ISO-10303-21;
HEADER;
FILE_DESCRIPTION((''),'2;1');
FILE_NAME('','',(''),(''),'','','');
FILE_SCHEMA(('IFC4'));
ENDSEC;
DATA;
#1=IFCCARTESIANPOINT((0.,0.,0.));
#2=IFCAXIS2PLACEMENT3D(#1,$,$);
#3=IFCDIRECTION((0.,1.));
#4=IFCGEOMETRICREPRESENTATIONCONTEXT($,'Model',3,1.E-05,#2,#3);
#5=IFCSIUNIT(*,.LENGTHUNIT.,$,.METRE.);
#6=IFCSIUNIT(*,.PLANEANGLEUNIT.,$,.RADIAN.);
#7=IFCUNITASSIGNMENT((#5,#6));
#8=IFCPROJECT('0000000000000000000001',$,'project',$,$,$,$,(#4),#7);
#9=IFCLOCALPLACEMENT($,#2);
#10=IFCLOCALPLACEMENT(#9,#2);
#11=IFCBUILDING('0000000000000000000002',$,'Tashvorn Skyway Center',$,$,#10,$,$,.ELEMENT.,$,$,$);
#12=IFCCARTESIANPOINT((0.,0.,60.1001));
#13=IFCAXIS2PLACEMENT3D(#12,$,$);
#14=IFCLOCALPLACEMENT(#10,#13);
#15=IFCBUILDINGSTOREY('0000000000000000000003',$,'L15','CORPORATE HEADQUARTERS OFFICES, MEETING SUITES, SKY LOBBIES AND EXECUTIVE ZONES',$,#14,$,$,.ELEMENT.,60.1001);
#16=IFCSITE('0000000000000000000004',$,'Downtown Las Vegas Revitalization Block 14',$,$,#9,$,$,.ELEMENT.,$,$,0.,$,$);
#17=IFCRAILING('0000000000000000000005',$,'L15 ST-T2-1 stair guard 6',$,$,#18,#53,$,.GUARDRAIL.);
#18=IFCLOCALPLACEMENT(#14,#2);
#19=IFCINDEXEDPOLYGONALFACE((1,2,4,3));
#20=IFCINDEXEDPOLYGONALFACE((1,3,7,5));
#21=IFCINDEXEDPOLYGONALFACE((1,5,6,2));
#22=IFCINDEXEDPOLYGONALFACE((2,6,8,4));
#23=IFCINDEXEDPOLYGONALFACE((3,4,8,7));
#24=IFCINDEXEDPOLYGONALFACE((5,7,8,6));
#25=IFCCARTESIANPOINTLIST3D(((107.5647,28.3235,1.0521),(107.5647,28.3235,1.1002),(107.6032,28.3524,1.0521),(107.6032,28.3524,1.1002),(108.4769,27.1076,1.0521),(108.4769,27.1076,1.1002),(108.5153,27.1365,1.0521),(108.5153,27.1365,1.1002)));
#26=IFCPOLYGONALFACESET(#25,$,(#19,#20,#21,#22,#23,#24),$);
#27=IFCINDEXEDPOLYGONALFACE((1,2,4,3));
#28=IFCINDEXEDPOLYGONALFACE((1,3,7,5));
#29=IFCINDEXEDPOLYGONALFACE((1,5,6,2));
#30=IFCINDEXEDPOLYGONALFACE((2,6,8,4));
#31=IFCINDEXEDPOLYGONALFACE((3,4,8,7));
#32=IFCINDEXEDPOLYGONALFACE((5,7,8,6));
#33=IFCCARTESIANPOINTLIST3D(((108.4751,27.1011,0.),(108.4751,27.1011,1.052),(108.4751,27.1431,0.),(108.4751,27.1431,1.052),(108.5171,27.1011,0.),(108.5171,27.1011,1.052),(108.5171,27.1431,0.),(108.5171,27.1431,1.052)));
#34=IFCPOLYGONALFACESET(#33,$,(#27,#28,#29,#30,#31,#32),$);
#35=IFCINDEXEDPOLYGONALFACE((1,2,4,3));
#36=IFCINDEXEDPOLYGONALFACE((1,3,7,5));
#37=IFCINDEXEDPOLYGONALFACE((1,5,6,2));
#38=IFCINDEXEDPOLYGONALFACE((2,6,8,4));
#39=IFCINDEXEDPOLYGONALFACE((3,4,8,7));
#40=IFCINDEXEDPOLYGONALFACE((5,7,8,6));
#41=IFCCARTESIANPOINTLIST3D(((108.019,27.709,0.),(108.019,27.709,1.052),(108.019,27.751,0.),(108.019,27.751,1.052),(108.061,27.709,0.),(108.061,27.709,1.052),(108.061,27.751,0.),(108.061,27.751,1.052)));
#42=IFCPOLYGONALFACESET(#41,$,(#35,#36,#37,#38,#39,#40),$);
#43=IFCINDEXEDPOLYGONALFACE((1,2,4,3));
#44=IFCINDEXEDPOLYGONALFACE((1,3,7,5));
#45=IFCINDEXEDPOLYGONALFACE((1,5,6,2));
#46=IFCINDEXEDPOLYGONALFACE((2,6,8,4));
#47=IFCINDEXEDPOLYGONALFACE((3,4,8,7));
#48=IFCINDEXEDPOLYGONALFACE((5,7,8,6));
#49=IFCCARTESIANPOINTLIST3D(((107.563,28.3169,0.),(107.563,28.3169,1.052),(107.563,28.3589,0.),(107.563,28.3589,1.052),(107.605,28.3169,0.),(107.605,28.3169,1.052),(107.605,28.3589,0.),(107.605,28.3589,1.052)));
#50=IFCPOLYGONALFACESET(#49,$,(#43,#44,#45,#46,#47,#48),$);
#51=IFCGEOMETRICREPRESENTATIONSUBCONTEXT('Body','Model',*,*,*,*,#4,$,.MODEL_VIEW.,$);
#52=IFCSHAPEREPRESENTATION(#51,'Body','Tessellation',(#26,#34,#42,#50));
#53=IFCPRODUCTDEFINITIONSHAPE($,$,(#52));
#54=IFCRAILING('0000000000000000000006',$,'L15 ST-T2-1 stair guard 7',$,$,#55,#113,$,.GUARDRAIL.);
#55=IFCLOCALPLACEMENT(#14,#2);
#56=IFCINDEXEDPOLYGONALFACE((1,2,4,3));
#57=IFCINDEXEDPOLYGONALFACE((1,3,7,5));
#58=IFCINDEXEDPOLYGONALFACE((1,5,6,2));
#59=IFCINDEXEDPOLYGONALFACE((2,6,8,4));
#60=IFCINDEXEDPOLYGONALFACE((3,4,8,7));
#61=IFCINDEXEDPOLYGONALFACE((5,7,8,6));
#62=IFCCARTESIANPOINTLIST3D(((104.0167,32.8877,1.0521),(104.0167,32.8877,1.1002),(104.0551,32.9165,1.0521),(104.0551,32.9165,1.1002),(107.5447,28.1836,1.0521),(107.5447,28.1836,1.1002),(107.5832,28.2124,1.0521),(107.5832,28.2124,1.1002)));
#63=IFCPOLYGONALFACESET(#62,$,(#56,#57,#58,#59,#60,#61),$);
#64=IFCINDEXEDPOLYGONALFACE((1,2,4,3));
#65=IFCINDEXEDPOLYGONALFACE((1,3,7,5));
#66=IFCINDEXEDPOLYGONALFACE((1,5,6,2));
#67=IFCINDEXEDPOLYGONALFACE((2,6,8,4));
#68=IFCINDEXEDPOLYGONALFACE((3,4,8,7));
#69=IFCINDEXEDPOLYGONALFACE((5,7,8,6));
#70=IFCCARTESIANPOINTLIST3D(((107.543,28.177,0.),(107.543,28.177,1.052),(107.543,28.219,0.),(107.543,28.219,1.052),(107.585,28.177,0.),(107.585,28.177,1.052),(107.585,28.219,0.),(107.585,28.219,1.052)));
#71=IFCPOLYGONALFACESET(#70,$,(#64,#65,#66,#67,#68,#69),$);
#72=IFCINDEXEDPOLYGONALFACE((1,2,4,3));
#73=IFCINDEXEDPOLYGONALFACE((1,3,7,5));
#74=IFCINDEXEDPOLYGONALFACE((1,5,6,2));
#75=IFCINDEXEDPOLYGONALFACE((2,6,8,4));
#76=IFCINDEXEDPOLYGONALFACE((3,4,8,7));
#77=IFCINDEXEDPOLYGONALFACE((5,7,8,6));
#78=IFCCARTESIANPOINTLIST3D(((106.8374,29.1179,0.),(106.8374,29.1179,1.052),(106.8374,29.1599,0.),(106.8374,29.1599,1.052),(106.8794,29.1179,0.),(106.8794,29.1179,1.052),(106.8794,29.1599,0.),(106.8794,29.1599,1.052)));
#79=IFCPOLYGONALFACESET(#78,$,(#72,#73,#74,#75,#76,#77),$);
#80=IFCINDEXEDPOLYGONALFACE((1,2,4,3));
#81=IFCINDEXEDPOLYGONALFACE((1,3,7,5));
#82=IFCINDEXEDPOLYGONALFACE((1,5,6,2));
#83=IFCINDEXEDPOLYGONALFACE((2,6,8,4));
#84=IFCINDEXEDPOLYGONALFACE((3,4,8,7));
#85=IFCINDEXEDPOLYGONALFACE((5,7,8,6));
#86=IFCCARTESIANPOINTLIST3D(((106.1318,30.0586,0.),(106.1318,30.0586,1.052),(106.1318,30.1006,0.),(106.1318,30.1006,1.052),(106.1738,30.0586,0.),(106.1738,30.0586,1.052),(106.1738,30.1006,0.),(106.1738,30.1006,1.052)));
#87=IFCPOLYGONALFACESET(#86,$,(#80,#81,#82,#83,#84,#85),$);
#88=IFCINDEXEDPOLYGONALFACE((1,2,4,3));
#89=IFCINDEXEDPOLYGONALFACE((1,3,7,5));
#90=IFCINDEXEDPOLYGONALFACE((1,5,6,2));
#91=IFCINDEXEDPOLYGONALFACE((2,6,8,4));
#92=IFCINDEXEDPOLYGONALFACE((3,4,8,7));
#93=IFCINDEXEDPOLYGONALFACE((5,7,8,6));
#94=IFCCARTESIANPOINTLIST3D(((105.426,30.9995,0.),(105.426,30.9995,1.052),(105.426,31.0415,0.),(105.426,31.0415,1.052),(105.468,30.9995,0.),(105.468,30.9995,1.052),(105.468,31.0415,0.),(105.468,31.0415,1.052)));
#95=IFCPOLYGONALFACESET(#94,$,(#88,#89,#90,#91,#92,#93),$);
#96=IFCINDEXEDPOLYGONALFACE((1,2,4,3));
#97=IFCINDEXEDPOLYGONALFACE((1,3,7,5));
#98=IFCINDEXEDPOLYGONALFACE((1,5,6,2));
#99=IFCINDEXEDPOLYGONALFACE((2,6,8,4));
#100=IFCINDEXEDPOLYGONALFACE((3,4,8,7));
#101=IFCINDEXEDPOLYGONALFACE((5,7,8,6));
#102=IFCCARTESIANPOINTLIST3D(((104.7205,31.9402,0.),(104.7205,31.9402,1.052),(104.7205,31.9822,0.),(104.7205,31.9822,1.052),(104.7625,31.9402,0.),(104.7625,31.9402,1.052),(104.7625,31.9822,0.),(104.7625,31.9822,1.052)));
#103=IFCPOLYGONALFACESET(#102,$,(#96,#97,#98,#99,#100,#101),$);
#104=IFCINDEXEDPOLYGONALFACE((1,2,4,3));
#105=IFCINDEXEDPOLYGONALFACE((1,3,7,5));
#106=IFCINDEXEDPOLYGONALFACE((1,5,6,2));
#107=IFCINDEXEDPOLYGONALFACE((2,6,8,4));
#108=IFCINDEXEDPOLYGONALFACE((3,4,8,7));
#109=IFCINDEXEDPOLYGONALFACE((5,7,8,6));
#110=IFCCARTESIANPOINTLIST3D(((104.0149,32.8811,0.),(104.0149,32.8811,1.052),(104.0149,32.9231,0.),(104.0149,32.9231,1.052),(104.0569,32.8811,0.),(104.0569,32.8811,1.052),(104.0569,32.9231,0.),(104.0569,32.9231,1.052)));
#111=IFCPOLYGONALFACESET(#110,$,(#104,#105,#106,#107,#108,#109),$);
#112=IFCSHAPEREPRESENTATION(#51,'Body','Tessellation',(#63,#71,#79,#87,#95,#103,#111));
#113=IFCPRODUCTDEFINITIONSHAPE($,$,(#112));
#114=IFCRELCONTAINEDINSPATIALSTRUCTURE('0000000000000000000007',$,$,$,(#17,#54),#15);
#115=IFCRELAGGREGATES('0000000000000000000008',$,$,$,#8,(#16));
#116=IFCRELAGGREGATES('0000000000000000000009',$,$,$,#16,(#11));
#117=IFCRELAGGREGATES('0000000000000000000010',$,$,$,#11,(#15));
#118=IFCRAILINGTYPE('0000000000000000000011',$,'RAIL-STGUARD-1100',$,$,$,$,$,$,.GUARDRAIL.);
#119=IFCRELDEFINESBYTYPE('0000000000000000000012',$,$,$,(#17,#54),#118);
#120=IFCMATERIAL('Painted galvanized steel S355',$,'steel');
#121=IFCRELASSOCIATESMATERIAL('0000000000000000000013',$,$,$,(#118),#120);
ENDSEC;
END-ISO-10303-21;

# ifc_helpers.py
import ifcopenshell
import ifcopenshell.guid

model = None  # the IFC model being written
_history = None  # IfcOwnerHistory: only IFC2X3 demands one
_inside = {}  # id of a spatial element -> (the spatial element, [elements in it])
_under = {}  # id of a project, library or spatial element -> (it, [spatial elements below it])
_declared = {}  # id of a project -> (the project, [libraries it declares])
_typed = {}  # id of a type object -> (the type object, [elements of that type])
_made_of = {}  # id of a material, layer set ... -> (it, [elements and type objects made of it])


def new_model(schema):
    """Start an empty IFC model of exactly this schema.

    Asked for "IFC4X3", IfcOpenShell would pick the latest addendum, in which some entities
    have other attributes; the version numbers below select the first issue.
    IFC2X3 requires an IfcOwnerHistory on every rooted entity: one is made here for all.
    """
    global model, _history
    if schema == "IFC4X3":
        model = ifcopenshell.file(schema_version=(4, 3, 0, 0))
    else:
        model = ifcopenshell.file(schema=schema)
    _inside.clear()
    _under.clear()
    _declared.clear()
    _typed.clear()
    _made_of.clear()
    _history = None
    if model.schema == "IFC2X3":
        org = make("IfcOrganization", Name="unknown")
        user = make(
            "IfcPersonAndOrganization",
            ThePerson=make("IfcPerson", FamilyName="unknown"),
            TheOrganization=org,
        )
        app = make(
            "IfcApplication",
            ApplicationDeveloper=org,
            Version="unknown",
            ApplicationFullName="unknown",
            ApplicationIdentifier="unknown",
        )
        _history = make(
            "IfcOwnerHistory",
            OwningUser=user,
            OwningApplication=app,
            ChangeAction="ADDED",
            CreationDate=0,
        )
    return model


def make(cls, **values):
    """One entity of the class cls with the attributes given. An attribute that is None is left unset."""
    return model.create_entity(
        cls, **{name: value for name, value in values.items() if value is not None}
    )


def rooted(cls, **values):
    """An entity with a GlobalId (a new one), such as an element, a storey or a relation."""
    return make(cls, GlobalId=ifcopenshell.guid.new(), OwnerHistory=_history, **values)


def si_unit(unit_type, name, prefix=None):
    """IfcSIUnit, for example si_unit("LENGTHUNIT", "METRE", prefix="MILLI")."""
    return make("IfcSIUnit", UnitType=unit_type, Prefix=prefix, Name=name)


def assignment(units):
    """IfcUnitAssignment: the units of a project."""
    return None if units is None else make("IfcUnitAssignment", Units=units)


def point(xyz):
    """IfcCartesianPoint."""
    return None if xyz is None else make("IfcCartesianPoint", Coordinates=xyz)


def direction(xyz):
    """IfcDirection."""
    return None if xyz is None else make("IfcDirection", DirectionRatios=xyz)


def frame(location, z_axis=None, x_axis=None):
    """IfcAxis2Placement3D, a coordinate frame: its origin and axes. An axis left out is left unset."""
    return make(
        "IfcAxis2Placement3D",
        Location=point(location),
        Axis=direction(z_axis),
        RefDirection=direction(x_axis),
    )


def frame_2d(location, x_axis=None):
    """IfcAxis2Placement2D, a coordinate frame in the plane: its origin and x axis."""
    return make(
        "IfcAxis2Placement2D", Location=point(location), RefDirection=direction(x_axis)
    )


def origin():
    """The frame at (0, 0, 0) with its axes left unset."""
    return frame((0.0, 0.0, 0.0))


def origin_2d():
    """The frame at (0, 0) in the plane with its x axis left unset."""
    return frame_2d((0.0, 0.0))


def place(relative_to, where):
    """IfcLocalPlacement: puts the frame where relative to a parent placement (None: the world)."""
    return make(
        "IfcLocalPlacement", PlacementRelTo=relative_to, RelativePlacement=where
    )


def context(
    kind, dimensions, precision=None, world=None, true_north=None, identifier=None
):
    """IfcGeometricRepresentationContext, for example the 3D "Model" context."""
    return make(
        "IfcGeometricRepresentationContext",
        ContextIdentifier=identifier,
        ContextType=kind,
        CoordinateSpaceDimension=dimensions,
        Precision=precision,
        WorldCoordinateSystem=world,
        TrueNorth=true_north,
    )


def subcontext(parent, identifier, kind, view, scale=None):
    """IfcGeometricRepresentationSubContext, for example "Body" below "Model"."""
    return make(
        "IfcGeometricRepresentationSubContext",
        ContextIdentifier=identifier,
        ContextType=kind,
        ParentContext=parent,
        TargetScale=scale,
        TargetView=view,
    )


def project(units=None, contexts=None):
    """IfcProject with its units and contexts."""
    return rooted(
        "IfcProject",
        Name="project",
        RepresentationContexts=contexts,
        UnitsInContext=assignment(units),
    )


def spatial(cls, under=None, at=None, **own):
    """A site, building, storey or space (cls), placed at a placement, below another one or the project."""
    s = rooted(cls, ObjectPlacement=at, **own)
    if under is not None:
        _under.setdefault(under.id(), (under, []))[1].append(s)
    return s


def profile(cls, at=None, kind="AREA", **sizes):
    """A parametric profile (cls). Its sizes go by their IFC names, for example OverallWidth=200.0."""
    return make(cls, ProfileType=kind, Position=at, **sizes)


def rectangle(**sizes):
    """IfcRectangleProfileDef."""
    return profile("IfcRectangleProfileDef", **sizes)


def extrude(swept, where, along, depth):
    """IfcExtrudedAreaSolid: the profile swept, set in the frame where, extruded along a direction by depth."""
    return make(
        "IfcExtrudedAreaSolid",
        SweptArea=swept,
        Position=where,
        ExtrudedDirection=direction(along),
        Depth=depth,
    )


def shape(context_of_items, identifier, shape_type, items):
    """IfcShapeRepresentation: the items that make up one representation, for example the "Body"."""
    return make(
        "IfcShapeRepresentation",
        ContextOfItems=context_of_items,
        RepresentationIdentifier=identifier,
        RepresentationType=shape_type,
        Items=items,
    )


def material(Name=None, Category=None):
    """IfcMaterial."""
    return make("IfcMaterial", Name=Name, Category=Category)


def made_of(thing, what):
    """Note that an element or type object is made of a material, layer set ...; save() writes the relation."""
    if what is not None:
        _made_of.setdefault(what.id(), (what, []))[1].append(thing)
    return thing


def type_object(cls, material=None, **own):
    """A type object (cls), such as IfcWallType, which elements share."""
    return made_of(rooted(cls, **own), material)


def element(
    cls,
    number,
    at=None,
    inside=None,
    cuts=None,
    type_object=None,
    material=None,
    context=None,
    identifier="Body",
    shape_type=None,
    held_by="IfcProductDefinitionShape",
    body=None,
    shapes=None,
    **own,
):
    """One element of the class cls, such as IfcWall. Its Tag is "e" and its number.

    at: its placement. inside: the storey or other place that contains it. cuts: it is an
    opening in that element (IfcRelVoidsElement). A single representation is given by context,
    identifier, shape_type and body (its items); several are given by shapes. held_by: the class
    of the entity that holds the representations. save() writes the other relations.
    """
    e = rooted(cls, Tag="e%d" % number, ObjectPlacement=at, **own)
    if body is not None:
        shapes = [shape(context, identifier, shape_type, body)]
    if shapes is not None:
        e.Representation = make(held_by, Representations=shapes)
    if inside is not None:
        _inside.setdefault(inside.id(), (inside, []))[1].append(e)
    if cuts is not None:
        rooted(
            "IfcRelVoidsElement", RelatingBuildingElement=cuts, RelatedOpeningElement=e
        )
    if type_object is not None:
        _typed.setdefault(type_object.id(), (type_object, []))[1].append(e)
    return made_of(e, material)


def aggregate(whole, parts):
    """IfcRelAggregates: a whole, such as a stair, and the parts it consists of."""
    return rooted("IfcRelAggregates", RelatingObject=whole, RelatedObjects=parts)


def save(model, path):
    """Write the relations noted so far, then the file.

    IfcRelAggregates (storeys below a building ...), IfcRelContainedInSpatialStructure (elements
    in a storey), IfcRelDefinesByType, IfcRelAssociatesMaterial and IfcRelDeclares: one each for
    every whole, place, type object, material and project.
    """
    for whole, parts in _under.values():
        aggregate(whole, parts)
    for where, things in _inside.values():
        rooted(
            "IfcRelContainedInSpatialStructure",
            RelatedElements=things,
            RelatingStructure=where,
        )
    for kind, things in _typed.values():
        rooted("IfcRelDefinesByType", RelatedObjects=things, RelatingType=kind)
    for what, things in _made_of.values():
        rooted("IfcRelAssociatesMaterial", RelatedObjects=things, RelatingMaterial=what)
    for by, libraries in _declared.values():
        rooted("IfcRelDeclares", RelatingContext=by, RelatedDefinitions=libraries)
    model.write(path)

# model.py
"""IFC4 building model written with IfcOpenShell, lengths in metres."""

from ifc_helpers import new_model, si_unit, direction, frame, origin, origin_2d, place, context, subcontext, project, spatial, rectangle, extrude, material, type_object, element, save


model = new_model("IFC4")

# Units and contexts
model_context = context("Model", 3, precision=1e-05, world=origin(), true_north=direction((0.0, 1.0)))
body_context = subcontext(model_context, "Body", "Model", "MODEL_VIEW")
ifc_project = project(units=[si_unit("LENGTHUNIT", "METRE"), si_unit("PLANEANGLEUNIT", "RADIAN")], contexts=[model_context])

# Site, building, storey
site_placement = place(None, origin())
site = spatial("IfcSite", under=ifc_project, at=site_placement, Name="Downtown Las Vegas Revitalization Block 14", CompositionType="ELEMENT", RefElevation=0.0)
building_placement = place(site_placement, origin())
building = spatial("IfcBuilding", under=site, at=building_placement, Name="Tashvorn Skyway Center", CompositionType="ELEMENT")
storey_placement = place(building_placement, frame((0.0, 0.0, 60.1001)))
storey = spatial("IfcBuildingStorey", under=building, at=storey_placement, Name="L15", Description="CORPORATE HEADQUARTERS OFFICES, MEETING SUITES, SKY LOBBIES AND EXECUTIVE ZONES", CompositionType="ELEMENT", Elevation=60.1001)

# Railings
ifc_material_1 = material(Name="Painted galvanized steel S355", Category="steel")
railing_type = type_object("IfcRailingType", Name="RAIL-STGUARD-1100", PredefinedType="GUARDRAIL", material=ifc_material_1)
railing_1_placement = place(storey_placement, frame((108.4961, 27.1221, 0.0)))
element("IfcRailing", 1, at=railing_1_placement, inside=storey, type_object=railing_type, Name="L15 ST-T2-1 stair guard 6", PredefinedType="GUARDRAIL", context=body_context, shape_type="SweptSolid", body=[
    extrude(rectangle(XDim=0.0481, YDim=0.0481, at=origin_2d()), frame((0.0, 0.0, 1.0762), z_axis=(-0.600103, 0.799923, 0.0), x_axis=(-0.799923, -0.600103, 0.0)), (0.0, 0.0, 1.0), 1.52),
    extrude(rectangle(XDim=0.042, YDim=0.042, at=origin_2d()), origin(), (0.0, 0.0, 1.0), 1.052),
    extrude(rectangle(XDim=0.042, YDim=0.042, at=origin_2d()), frame((-0.4561, 0.6079, 0.0)), (0.0, 0.0, 1.0), 1.052),
    extrude(rectangle(XDim=0.042, YDim=0.042, at=origin_2d()), frame((-0.9121, 1.2158, 0.0)), (0.0, 0.0, 1.0), 1.052),
])
railing_2_placement = place(storey_placement, frame((107.564, 28.198, 0.0)))
element("IfcRailing", 2, at=railing_2_placement, inside=storey, type_object=railing_type, Name="L15 ST-T2-1 stair guard 7", PredefinedType="GUARDRAIL", context=body_context, shape_type="SweptSolid", body=[
    extrude(rectangle(XDim=0.0481, YDim=0.0481, at=origin_2d()), frame((0.0, 0.0, 1.0762), z_axis=(-0.6, 0.8, 0.0), x_axis=(-0.8, -0.6, 0.0)), (0.0, 0.0, 1.0), 5.8801),
    extrude(rectangle(XDim=0.042, YDim=0.042, at=origin_2d()), origin(), (0.0, 0.0, 1.0), 1.052),
    extrude(rectangle(XDim=0.042, YDim=0.042, at=origin_2d()), frame((-0.7056, 0.9409, 0.0)), (0.0, 0.0, 1.0), 1.052),
    extrude(rectangle(XDim=0.042, YDim=0.042, at=origin_2d()), frame((-1.4111, 1.8816, 0.0)), (0.0, 0.0, 1.0), 1.052),
    extrude(rectangle(XDim=0.042, YDim=0.042, at=origin_2d()), frame((-2.1169, 2.8225, 0.0)), (0.0, 0.0, 1.0), 1.052),
    extrude(rectangle(XDim=0.042, YDim=0.042, at=origin_2d()), frame((-2.8225, 3.7632, 0.0)), (0.0, 0.0, 1.0), 1.052),
    extrude(rectangle(XDim=0.042, YDim=0.042, at=origin_2d()), frame((-3.5281, 4.7041, 0.0)), (0.0, 0.0, 1.0), 1.052),
])

save(model, "model.ifc")
